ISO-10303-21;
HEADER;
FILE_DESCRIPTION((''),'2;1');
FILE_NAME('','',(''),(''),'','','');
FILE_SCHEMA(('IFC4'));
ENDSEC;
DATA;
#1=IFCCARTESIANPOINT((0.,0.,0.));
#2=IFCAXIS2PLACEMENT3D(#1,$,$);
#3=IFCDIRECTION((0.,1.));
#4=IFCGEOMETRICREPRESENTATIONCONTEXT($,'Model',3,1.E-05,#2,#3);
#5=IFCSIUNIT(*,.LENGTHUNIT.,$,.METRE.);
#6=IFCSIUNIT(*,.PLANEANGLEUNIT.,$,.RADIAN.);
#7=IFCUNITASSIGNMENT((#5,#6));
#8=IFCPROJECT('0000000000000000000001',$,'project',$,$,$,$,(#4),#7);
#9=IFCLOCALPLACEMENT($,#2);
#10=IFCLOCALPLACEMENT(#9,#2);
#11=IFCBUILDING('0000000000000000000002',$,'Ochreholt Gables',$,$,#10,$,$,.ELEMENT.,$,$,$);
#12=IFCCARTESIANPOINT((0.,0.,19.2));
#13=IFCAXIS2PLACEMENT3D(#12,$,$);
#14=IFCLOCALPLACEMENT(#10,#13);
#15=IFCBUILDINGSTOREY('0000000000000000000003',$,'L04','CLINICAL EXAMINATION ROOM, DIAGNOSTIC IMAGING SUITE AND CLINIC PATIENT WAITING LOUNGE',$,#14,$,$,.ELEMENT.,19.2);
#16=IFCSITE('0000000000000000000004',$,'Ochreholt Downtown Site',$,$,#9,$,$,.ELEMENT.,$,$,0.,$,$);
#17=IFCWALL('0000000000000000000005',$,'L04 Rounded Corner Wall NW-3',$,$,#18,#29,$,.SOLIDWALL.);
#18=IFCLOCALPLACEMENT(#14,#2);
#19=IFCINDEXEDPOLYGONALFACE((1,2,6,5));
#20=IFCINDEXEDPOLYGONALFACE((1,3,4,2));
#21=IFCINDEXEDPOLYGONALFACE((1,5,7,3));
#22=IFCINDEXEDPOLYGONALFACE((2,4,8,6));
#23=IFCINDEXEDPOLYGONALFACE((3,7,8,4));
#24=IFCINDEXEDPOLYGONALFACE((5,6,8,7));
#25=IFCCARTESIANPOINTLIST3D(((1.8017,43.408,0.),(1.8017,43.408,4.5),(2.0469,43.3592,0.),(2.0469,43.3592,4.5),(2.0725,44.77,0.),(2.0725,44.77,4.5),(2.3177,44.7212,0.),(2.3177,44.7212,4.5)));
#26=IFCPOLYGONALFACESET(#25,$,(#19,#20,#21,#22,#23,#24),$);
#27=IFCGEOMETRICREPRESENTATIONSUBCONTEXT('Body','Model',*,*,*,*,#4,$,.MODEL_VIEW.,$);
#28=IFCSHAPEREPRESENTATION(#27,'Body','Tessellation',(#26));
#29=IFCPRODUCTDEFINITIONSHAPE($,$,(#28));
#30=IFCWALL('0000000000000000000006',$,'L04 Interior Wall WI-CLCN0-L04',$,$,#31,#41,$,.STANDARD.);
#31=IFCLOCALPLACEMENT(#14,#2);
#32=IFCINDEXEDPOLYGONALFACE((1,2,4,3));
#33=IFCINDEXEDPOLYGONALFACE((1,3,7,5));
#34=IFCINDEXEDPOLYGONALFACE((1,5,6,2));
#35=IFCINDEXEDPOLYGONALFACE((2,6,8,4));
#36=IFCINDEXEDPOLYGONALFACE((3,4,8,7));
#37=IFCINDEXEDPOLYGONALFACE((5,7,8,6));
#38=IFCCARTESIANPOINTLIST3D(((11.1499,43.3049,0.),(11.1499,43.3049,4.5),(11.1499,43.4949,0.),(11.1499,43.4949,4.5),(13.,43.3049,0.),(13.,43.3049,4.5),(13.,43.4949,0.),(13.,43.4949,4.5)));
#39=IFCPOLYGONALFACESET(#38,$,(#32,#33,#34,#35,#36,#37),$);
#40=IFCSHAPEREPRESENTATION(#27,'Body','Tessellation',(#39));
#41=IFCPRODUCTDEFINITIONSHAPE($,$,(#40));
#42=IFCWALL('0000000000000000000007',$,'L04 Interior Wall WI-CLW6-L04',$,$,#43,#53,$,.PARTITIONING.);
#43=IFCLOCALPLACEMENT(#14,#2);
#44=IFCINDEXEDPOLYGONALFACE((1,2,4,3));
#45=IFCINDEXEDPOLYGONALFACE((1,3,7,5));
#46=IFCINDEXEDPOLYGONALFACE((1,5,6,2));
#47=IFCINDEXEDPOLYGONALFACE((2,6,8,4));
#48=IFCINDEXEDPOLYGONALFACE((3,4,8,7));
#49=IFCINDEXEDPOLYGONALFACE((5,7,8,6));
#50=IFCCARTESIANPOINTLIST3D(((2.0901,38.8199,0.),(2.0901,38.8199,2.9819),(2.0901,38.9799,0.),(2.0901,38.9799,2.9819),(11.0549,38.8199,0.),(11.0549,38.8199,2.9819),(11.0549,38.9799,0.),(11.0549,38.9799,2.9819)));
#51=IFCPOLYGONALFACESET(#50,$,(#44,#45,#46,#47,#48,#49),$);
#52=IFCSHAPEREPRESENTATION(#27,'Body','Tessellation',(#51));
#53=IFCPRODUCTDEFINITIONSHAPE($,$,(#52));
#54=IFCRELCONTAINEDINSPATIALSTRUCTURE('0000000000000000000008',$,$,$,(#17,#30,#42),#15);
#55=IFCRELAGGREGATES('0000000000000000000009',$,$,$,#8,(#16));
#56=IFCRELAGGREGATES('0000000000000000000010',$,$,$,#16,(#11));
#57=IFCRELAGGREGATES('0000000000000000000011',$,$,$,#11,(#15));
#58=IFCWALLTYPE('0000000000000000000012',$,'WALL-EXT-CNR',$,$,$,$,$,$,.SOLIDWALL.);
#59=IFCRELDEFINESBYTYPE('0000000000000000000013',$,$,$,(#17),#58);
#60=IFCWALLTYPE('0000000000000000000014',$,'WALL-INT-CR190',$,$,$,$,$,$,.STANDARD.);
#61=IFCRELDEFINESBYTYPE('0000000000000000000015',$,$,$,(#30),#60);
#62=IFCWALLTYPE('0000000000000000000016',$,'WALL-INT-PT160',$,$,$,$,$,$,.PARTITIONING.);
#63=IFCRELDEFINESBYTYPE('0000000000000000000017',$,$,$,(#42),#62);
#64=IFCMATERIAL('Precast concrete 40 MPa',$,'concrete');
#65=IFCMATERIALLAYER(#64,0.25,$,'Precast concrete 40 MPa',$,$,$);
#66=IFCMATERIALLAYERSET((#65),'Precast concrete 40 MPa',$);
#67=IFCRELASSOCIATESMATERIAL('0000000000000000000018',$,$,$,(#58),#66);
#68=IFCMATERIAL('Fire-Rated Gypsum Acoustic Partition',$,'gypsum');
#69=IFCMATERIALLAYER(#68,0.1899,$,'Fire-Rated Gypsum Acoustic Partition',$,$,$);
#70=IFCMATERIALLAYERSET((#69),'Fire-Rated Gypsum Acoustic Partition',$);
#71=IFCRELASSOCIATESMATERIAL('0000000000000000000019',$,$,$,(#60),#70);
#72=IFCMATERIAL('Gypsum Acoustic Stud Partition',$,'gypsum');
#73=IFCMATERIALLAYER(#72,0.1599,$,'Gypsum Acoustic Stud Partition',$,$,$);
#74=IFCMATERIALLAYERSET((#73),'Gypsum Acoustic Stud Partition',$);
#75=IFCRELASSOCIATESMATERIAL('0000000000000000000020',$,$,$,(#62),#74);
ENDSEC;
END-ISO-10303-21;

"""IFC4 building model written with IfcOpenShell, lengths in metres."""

from ifc_helpers import new_model, si_unit, direction, frame, frame_2d, origin, place, context, subcontext, project, spatial, rectangle, extrude, material, layer, layer_set, type_object, element, save


model = new_model("IFC4")

# Units and contexts
model_context = context("Model", 3, precision=1e-05, world=origin(), true_north=direction((0.0, 1.0)))
body_context = subcontext(model_context, "Body", "Model", "MODEL_VIEW")
ifc_project = project(units=[si_unit("LENGTHUNIT", "METRE"), si_unit("PLANEANGLEUNIT", "RADIAN")], contexts=[model_context])

# Site, building, storey
site_placement = place(None, origin())
site = spatial("IfcSite", under=ifc_project, at=site_placement, Name="Ochreholt Downtown Site", CompositionType="ELEMENT", RefElevation=0.0)
building_placement = place(site_placement, origin())
building = spatial("IfcBuilding", under=site, at=building_placement, Name="Ochreholt Gables", CompositionType="ELEMENT")
storey_placement = place(building_placement, frame((0.0, 0.0, 19.2)))
storey = spatial("IfcBuildingStorey", under=building, at=storey_placement, Name="L04", Description="CLINICAL EXAMINATION ROOM, DIAGNOSTIC IMAGING SUITE AND CLINIC PATIENT WAITING LOUNGE", CompositionType="ELEMENT", Elevation=19.2)

# Shared definitions
ifc_material_1 = material(Name="Precast concrete 40 MPa", Category="concrete")

# Walls
ifc_layer_1 = layer(ifc_material_1, 0.25, Name="Precast concrete 40 MPa")
ifc_layer_set_1 = layer_set([ifc_layer_1], Name="Precast concrete 40 MPa")
wall_type_1 = type_object("IfcWallType", Name="WALL-EXT-CNR", PredefinedType="SOLIDWALL", material=ifc_layer_set_1)
wall_1_placement = place(storey_placement, frame((2.1951, 44.7456, 0.0), z_axis=(0.0, 0.0, 1.0), x_axis=(-0.194967, -0.98081, 0.0)))
element("IfcWall", 1, at=wall_1_placement, inside=storey, type_object=wall_type_1, Name="L04 Rounded Corner Wall NW-3", PredefinedType="SOLIDWALL", context=body_context, shape_type="SweptSolid", body=[
    extrude(rectangle(XDim=1.3887, YDim=0.25, at=frame_2d((0.6943, 0.0))), origin(), (0.0, 0.0, 1.0), 4.5),
])
ifc_material_2 = material(Name="Fire-Rated Gypsum Acoustic Partition", Category="gypsum")
ifc_layer_2 = layer(ifc_material_2, 0.1899, Name="Fire-Rated Gypsum Acoustic Partition")
ifc_layer_set_2 = layer_set([ifc_layer_2], Name="Fire-Rated Gypsum Acoustic Partition")
wall_type_2 = type_object("IfcWallType", Name="WALL-INT-CR190", PredefinedType="STANDARD", material=ifc_layer_set_2)
wall_2_placement = place(storey_placement, frame((11.1499, 43.3999, 0.0), z_axis=(0.0, 0.0, 1.0), x_axis=(1.0, 0.0, 0.0)))
element("IfcWall", 2, at=wall_2_placement, inside=storey, type_object=wall_type_2, Name="L04 Interior Wall WI-CLCN0-L04", PredefinedType="STANDARD", context=body_context, shape_type="SweptSolid", body=[
    extrude(rectangle(XDim=1.8501, YDim=0.1899, at=frame_2d((0.925, 0.0))), origin(), (0.0, 0.0, 1.0), 4.5),
])
ifc_material_3 = material(Name="Gypsum Acoustic Stud Partition", Category="gypsum")
ifc_layer_3 = layer(ifc_material_3, 0.1599, Name="Gypsum Acoustic Stud Partition")
ifc_layer_set_3 = layer_set([ifc_layer_3], Name="Gypsum Acoustic Stud Partition")
wall_type_3 = type_object("IfcWallType", Name="WALL-INT-PT160", PredefinedType="PARTITIONING", material=ifc_layer_set_3)
wall_3_placement = place(storey_placement, frame((2.0901, 38.8999, 0.0), z_axis=(0.0, 0.0, 1.0), x_axis=(1.0, 0.0, 0.0)))
element("IfcWall", 3, at=wall_3_placement, inside=storey, type_object=wall_type_3, Name="L04 Interior Wall WI-CLW6-L04", PredefinedType="PARTITIONING", context=body_context, shape_type="SweptSolid", body=[
    extrude(rectangle(XDim=8.9648, YDim=0.1599, at=frame_2d((4.4824, 0.0))), origin(), (0.0, 0.0, 1.0), 2.9819),
])

save(model, "model.ifc")
